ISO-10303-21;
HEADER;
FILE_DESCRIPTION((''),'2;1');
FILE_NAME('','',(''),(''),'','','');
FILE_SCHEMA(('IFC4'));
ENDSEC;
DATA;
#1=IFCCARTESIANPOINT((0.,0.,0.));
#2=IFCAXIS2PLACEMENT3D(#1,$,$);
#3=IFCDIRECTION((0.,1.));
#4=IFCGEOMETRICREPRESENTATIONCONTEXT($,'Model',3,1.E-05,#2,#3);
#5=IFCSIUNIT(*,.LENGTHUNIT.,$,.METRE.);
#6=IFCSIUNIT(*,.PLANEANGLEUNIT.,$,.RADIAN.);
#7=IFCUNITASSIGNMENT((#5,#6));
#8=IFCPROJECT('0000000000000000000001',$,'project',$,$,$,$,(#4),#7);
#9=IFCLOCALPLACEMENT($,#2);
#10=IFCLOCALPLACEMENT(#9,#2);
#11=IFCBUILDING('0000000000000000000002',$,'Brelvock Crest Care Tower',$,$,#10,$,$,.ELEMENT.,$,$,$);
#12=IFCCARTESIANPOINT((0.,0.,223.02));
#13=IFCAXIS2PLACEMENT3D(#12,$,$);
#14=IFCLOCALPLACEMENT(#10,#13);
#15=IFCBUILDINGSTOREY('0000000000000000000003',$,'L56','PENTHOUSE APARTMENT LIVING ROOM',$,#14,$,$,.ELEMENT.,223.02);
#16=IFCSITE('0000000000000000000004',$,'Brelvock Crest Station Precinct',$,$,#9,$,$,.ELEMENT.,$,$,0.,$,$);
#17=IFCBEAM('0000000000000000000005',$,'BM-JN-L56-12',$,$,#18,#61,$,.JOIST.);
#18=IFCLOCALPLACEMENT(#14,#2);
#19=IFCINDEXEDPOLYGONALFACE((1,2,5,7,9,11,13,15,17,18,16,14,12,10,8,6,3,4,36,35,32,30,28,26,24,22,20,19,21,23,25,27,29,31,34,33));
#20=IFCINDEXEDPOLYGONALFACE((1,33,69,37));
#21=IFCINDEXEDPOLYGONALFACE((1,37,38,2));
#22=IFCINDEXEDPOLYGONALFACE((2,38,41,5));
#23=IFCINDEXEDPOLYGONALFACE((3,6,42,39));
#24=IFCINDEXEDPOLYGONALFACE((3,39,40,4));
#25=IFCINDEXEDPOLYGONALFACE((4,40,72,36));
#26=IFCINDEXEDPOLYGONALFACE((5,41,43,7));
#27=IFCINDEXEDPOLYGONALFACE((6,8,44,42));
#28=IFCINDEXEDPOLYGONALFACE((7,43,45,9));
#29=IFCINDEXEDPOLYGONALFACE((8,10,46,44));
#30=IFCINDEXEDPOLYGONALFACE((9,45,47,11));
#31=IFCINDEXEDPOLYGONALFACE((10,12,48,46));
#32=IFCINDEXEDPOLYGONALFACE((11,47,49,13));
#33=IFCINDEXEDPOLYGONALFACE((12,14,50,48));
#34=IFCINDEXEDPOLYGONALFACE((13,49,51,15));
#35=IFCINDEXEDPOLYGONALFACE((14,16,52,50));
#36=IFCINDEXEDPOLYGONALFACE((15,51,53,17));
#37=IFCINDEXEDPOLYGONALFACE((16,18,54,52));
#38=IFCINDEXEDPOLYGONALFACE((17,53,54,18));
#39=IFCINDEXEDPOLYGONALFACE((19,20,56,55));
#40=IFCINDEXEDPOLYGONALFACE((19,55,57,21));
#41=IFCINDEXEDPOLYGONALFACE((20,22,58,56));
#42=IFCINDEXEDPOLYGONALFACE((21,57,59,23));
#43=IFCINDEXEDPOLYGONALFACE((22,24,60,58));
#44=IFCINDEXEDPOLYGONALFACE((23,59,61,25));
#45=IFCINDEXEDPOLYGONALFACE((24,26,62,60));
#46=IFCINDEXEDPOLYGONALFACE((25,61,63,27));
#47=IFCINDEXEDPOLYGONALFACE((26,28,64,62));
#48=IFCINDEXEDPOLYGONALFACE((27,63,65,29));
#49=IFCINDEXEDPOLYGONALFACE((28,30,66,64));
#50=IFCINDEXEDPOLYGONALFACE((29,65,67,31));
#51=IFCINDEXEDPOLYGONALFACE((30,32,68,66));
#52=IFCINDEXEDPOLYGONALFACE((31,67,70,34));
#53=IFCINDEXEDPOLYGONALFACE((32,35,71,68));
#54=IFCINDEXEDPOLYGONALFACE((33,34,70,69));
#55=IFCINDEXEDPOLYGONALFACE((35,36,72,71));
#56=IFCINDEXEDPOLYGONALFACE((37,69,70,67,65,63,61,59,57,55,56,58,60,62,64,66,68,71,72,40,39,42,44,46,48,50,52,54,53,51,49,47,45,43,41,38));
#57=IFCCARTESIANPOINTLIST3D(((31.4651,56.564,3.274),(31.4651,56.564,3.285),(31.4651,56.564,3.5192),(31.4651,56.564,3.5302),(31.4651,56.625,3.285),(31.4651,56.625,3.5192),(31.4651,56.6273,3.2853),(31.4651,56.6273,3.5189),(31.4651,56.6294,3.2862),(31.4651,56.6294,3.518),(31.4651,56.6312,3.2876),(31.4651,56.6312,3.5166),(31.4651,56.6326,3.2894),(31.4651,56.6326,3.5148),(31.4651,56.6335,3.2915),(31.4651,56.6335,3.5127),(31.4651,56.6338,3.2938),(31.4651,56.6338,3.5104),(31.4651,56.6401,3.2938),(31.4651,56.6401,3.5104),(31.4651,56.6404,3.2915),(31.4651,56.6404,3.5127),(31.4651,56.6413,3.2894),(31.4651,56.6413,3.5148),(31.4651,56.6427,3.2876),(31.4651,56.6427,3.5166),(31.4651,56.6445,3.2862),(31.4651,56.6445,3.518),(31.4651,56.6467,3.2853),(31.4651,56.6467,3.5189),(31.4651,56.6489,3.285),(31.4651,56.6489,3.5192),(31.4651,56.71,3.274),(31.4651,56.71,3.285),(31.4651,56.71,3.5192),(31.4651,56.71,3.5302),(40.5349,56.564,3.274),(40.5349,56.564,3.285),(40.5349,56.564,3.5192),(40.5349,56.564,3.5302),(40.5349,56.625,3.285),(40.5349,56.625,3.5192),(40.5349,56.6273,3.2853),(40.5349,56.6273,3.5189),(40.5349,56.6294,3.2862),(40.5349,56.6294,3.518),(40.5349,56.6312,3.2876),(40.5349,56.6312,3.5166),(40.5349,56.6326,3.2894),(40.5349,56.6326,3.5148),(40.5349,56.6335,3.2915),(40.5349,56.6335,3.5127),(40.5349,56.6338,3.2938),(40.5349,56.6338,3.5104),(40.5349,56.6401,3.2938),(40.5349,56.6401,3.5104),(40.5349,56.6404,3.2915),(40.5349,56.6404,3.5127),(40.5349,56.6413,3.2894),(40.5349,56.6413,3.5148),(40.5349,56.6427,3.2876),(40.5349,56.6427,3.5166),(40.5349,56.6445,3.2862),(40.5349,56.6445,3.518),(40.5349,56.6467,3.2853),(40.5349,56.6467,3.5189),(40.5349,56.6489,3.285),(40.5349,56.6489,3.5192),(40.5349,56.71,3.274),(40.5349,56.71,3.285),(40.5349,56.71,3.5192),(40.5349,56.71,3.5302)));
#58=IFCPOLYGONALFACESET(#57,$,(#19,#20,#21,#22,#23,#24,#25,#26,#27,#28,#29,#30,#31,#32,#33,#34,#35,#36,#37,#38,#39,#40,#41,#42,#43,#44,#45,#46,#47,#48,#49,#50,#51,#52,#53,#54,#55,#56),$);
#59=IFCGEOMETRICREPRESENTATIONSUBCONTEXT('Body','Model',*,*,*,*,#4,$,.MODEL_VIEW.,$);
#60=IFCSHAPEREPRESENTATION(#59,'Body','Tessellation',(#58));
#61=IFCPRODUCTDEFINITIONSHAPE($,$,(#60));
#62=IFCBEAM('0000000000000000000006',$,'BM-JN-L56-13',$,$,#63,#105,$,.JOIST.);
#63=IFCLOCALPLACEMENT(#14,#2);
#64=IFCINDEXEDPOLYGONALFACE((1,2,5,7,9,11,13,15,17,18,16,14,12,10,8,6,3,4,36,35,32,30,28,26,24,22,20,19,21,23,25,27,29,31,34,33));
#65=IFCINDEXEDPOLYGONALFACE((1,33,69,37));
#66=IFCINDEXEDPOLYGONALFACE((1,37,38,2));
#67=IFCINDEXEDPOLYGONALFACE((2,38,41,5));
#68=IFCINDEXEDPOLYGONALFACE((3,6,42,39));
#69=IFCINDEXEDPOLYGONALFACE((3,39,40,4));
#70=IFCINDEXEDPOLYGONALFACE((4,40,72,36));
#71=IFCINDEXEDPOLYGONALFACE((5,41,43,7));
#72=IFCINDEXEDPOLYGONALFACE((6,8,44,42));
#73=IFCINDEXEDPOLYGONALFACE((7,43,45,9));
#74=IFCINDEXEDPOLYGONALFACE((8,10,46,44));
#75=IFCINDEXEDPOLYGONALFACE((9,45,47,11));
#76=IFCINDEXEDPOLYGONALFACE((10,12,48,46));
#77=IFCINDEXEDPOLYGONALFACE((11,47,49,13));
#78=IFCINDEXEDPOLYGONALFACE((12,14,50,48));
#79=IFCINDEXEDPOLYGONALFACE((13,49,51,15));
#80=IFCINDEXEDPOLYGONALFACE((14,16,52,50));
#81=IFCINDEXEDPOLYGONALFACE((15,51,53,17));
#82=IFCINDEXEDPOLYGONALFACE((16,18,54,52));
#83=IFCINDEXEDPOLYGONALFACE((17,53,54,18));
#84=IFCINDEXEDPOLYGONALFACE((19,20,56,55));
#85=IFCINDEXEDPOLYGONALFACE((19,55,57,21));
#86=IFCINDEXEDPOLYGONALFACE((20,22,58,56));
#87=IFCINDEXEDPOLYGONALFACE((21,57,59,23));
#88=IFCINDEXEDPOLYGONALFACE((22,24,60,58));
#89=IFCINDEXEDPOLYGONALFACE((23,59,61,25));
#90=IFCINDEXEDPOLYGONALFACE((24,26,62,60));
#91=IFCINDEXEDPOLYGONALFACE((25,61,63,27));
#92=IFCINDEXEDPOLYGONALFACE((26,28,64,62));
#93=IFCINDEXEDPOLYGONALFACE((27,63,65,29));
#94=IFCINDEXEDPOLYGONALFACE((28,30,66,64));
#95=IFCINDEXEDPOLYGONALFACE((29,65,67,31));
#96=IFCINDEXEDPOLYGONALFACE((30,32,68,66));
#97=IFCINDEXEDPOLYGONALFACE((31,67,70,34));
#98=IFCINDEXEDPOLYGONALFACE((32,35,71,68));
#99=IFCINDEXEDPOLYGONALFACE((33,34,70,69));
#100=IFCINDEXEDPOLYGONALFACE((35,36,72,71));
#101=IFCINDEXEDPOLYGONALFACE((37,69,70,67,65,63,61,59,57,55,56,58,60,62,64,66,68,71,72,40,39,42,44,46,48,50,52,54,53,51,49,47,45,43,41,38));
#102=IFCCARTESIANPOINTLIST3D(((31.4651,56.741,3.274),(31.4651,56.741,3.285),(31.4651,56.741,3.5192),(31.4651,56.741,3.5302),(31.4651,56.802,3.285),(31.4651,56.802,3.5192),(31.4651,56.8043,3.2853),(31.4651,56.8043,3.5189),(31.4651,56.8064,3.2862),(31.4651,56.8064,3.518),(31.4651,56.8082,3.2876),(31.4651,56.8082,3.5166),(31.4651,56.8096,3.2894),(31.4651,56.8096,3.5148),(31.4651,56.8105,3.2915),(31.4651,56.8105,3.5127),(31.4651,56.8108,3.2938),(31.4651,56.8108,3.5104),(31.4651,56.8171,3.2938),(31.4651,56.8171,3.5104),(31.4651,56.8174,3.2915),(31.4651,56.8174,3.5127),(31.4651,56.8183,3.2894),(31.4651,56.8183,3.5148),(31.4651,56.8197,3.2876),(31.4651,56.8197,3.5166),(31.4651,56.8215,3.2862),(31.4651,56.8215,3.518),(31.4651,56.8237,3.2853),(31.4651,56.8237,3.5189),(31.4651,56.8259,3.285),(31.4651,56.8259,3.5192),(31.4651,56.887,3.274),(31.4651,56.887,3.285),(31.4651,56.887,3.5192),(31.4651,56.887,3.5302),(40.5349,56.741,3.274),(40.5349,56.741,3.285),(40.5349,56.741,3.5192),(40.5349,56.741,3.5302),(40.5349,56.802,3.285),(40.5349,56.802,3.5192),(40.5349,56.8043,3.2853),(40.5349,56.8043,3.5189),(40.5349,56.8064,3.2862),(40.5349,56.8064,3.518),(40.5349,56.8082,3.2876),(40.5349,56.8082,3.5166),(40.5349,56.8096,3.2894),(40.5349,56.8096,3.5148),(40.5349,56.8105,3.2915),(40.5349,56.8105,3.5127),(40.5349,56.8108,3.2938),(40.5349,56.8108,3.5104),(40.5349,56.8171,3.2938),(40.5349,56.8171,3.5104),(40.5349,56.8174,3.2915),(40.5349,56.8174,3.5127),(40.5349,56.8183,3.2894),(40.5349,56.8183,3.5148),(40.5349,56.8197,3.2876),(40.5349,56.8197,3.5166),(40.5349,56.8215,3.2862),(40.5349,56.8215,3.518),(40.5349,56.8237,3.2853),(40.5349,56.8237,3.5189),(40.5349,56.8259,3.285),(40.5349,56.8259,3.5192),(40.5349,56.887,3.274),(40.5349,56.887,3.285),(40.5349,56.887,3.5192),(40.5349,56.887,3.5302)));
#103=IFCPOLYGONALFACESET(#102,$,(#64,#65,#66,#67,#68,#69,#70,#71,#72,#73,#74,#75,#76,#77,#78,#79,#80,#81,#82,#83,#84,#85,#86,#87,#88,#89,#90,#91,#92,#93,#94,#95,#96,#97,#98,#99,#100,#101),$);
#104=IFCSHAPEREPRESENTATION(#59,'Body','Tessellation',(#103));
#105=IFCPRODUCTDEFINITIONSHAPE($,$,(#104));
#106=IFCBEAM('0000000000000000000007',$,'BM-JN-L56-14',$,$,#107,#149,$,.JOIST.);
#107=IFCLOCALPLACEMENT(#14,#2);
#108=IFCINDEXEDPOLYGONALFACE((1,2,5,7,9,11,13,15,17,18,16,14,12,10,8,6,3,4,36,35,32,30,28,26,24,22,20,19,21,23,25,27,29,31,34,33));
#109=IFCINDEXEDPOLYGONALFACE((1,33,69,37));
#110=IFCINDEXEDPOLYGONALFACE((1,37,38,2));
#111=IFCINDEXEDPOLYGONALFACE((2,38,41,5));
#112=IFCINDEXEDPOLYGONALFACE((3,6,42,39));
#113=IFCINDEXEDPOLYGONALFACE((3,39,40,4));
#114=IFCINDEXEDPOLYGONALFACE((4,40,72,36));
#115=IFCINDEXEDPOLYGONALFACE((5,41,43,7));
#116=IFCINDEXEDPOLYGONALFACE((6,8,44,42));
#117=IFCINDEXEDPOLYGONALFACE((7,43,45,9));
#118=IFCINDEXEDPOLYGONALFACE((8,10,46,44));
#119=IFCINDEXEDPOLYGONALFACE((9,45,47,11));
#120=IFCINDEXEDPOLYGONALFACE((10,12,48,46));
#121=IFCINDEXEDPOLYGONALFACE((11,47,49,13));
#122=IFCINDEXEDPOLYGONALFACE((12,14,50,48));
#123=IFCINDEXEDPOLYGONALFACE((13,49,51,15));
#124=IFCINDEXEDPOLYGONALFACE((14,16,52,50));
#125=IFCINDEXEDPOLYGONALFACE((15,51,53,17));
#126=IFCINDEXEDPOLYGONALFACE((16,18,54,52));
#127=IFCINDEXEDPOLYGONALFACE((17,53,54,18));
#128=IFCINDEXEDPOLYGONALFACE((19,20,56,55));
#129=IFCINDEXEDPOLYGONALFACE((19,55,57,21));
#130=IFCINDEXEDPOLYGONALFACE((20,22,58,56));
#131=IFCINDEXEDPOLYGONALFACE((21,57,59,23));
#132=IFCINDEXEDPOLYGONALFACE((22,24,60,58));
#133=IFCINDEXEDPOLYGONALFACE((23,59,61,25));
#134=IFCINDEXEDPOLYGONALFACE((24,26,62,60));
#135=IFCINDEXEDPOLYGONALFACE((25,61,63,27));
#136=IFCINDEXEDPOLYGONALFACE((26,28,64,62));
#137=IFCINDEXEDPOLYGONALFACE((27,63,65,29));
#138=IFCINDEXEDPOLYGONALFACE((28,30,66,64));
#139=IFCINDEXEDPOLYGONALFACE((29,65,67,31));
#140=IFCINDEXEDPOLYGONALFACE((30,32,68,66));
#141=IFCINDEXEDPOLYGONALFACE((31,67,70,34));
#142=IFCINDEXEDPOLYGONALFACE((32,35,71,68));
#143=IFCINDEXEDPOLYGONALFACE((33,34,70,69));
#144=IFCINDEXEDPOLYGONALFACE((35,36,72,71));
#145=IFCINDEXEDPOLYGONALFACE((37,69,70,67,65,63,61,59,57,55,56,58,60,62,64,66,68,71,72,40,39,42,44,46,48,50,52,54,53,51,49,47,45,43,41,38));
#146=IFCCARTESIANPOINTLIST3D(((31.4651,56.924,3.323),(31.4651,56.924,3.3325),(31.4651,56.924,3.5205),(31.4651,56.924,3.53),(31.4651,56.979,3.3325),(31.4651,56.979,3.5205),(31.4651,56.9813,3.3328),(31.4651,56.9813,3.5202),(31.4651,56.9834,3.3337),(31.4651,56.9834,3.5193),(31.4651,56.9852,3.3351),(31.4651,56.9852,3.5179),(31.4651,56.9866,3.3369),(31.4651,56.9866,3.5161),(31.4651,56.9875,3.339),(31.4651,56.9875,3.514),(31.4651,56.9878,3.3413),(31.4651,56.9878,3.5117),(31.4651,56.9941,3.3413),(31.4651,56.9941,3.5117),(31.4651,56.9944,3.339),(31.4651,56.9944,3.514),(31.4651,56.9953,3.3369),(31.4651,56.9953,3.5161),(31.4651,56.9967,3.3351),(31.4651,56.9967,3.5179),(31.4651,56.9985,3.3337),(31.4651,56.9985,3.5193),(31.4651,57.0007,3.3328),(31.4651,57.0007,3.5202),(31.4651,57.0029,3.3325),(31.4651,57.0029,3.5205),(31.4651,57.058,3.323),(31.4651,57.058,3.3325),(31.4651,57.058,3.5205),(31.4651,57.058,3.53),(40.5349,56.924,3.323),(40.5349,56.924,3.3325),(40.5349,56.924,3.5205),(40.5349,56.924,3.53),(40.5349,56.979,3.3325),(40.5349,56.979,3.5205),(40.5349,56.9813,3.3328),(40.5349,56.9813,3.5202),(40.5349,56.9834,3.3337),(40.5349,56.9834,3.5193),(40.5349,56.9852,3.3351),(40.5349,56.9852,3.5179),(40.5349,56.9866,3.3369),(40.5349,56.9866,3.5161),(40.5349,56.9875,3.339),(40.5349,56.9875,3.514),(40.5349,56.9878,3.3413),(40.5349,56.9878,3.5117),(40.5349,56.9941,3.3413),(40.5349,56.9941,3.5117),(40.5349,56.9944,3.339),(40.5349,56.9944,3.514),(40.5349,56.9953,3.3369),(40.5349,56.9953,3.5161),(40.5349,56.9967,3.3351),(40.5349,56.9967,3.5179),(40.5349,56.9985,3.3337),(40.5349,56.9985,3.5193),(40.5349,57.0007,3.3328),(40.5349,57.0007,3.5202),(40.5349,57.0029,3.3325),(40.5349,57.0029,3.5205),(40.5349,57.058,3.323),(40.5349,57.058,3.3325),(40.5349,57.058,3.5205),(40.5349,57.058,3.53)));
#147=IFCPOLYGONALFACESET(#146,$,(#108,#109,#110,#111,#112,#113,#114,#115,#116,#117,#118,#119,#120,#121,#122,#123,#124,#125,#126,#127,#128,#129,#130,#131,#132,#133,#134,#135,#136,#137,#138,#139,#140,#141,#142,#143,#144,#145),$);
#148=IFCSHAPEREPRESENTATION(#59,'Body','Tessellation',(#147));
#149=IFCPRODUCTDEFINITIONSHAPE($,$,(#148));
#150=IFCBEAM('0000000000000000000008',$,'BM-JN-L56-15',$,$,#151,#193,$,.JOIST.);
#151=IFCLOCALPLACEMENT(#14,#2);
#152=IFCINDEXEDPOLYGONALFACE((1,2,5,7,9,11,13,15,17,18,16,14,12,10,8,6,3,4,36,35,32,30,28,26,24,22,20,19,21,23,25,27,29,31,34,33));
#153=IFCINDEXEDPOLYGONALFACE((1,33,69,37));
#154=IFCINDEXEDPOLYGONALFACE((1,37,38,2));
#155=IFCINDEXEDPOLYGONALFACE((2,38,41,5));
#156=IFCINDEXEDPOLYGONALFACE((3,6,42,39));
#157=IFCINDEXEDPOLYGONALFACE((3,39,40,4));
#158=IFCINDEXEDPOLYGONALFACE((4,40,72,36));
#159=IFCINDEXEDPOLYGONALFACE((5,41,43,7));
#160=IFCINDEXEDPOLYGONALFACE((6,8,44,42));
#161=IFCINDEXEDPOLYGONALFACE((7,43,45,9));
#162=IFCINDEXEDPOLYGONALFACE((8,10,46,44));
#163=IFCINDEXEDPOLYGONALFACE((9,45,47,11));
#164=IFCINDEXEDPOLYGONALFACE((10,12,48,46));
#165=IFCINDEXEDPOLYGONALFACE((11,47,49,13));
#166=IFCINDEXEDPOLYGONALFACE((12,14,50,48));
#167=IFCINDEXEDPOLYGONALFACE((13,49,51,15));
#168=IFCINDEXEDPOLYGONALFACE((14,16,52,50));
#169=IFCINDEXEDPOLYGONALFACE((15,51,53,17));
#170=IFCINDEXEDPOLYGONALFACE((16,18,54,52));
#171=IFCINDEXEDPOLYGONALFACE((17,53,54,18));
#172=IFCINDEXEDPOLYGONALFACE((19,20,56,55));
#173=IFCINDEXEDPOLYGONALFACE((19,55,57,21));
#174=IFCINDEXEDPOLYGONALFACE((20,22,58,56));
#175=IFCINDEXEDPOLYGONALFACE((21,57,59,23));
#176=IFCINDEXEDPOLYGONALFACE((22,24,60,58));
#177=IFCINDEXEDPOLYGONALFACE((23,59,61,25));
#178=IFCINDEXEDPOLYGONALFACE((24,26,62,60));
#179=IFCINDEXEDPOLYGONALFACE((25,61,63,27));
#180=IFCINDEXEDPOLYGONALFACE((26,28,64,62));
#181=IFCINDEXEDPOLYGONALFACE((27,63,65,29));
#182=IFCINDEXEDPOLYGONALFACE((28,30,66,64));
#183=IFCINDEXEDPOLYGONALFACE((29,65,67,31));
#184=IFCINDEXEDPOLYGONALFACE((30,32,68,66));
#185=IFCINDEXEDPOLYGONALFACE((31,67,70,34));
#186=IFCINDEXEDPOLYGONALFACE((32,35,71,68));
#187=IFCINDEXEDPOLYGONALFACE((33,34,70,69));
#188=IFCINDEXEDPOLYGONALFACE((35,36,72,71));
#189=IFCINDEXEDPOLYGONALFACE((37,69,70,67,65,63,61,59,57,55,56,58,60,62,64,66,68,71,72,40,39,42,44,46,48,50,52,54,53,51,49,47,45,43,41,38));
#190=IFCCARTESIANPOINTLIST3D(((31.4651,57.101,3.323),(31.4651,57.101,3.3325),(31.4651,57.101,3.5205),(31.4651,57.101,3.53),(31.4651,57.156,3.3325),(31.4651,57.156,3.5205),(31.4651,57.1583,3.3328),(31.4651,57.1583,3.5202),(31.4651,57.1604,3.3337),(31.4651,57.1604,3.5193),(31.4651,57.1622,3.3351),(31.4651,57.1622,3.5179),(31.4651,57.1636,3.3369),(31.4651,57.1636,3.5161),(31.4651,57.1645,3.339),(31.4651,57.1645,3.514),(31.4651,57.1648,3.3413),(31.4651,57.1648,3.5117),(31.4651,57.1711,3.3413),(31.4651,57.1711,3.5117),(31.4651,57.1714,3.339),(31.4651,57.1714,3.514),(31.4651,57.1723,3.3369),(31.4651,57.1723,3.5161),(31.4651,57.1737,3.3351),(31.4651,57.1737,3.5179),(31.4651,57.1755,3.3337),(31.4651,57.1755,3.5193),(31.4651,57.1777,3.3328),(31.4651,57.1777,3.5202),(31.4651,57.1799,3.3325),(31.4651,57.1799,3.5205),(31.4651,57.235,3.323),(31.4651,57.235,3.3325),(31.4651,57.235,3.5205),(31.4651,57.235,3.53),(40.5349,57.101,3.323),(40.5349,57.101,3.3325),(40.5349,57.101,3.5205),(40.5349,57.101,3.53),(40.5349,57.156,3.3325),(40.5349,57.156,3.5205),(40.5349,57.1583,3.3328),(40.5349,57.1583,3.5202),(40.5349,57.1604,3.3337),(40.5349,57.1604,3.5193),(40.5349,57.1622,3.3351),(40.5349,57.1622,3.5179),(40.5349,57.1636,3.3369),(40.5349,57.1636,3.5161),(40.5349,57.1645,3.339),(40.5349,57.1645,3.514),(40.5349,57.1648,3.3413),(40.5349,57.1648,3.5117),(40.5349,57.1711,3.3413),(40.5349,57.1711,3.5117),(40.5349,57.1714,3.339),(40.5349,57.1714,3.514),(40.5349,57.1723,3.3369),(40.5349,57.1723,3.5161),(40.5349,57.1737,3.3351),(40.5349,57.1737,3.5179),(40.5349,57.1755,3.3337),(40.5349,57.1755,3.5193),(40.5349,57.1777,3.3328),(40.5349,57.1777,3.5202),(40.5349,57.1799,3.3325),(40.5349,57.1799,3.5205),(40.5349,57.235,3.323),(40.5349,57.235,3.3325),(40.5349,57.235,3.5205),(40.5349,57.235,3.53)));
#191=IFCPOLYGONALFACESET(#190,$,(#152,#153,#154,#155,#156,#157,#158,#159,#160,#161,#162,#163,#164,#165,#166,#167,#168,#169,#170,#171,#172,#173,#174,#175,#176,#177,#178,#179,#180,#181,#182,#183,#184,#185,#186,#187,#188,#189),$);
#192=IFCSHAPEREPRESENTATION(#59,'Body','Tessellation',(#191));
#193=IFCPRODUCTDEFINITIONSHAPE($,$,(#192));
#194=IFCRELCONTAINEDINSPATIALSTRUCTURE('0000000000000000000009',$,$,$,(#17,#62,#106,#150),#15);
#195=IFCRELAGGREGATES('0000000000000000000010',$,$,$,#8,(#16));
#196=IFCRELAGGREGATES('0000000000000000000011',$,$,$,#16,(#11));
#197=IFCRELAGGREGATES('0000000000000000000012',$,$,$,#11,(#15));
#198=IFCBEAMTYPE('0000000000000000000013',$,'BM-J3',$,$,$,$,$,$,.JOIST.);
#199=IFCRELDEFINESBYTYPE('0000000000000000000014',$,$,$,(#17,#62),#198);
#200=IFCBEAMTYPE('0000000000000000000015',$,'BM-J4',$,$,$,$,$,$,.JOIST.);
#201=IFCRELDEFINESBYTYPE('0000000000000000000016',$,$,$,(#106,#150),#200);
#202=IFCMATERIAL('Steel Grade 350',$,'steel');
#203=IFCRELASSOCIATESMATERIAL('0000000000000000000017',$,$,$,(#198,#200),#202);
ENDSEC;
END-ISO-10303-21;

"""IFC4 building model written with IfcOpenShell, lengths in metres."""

from ifc_helpers import new_model, si_unit, direction, frame, origin, origin_2d, place, context, subcontext, project, spatial, i_section, extrude, source, transform, mapped, material, material_profile, profile_set, type_object, element, save


model = new_model("IFC4")

# Units and contexts
model_context = context("Model", 3, precision=1e-05, world=origin(), true_north=direction((0.0, 1.0)))
body_context = subcontext(model_context, "Body", "Model", "MODEL_VIEW")
ifc_project = project(units=[si_unit("LENGTHUNIT", "METRE"), si_unit("PLANEANGLEUNIT", "RADIAN")], contexts=[model_context])

# Site, building, storey
site_placement = place(None, origin())
site = spatial("IfcSite", under=ifc_project, at=site_placement, Name="Brelvock Crest Station Precinct", CompositionType="ELEMENT", RefElevation=0.0)
building_placement = place(site_placement, origin())
building = spatial("IfcBuilding", under=site, at=building_placement, Name="Brelvock Crest Care Tower", CompositionType="ELEMENT")
storey_placement = place(building_placement, frame((0.0, 0.0, 223.02)))
storey = spatial("IfcBuildingStorey", under=building, at=storey_placement, Name="L56", Description="PENTHOUSE APARTMENT LIVING ROOM", CompositionType="ELEMENT", Elevation=223.02)

# Shared definitions
ifc_material_1 = material(Name="Steel Grade 350", Category="steel")

# Beams
ifc_material_profile_1 = material_profile(ifc_material_1, i_section(OverallWidth=0.146, OverallDepth=0.2561, WebThickness=0.0063, FlangeThickness=0.011, FilletRadius=0.0088, at=origin_2d()), Name="250UB37.3")
ifc_profile_set_1 = profile_set([ifc_material_profile_1], Name="Steel Grade 350")
beam_type_1 = type_object("IfcBeamType", Name="BM-J3", PredefinedType="JOIST", material=ifc_profile_set_1)
shared_shape_1 = source(origin(), body_context, "Body", "SweptSolid", [
    extrude(i_section(OverallWidth=0.146, OverallDepth=0.2561, WebThickness=0.0063, FlangeThickness=0.011, FilletRadius=0.0088, at=origin_2d()), origin(), (0.0, 0.0, 1.0), 9.0698),
])
for number, where, z_axis, x_axis, name in (
    (1, (31.4651, 56.637, 3.4021), (1.0, 0.0, 0.0), (0.0, 1.0, 0.0), "BM-JN-L56-12"),
    (2, (31.4651, 56.814, 3.4021), (1.0, 0.0, 0.0), (0.0, 1.0, 0.0), "BM-JN-L56-13"),
):
    element("IfcBeam", number, at=place(storey_placement, frame(where, z_axis=z_axis, x_axis=x_axis)), inside=storey, type_object=beam_type_1, Name=name, PredefinedType="JOIST", context=body_context, shape_type="MappedRepresentation", body=[
        mapped(shared_shape_1, transform((0.0, 0.0, 0.0), x_axis=(1.0, 0.0, 0.0), y_axis=(0.0, 1.0, 0.0), z_axis=(0.0, 0.0, 1.0), scale=1.0)),
    ])
ifc_material_profile_2 = material_profile(ifc_material_1, i_section(OverallWidth=0.134, OverallDepth=0.207, WebThickness=0.0063, FlangeThickness=0.0095, FilletRadius=0.0088, at=origin_2d()), Name="200UB29.8")
ifc_profile_set_2 = profile_set([ifc_material_profile_2], Name="Steel Grade 350")
beam_type_2 = type_object("IfcBeamType", Name="BM-J4", PredefinedType="JOIST", material=ifc_profile_set_2)
shared_shape_2 = source(origin(), body_context, "Body", "SweptSolid", [
    extrude(i_section(OverallWidth=0.134, OverallDepth=0.207, WebThickness=0.0063, FlangeThickness=0.0095, FilletRadius=0.0088, at=origin_2d()), origin(), (0.0, 0.0, 1.0), 9.0698),
])
for number, where, z_axis, x_axis, name in (
    (3, (31.4651, 56.991, 3.4265), (1.0, 0.0, 0.0), (0.0, 1.0, 0.0), "BM-JN-L56-14"),
    (4, (31.4651, 57.168, 3.4265), (1.0, 0.0, 0.0), (0.0, 1.0, 0.0), "BM-JN-L56-15"),
):
    element("IfcBeam", number, at=place(storey_placement, frame(where, z_axis=z_axis, x_axis=x_axis)), inside=storey, type_object=beam_type_2, Name=name, PredefinedType="JOIST", context=body_context, shape_type="MappedRepresentation", body=[
        mapped(shared_shape_2, transform((0.0, 0.0, 0.0), x_axis=(1.0, 0.0, 0.0), y_axis=(0.0, 1.0, 0.0), z_axis=(0.0, 0.0, 1.0), scale=1.0)),
    ])

save(model, "model.ifc")
